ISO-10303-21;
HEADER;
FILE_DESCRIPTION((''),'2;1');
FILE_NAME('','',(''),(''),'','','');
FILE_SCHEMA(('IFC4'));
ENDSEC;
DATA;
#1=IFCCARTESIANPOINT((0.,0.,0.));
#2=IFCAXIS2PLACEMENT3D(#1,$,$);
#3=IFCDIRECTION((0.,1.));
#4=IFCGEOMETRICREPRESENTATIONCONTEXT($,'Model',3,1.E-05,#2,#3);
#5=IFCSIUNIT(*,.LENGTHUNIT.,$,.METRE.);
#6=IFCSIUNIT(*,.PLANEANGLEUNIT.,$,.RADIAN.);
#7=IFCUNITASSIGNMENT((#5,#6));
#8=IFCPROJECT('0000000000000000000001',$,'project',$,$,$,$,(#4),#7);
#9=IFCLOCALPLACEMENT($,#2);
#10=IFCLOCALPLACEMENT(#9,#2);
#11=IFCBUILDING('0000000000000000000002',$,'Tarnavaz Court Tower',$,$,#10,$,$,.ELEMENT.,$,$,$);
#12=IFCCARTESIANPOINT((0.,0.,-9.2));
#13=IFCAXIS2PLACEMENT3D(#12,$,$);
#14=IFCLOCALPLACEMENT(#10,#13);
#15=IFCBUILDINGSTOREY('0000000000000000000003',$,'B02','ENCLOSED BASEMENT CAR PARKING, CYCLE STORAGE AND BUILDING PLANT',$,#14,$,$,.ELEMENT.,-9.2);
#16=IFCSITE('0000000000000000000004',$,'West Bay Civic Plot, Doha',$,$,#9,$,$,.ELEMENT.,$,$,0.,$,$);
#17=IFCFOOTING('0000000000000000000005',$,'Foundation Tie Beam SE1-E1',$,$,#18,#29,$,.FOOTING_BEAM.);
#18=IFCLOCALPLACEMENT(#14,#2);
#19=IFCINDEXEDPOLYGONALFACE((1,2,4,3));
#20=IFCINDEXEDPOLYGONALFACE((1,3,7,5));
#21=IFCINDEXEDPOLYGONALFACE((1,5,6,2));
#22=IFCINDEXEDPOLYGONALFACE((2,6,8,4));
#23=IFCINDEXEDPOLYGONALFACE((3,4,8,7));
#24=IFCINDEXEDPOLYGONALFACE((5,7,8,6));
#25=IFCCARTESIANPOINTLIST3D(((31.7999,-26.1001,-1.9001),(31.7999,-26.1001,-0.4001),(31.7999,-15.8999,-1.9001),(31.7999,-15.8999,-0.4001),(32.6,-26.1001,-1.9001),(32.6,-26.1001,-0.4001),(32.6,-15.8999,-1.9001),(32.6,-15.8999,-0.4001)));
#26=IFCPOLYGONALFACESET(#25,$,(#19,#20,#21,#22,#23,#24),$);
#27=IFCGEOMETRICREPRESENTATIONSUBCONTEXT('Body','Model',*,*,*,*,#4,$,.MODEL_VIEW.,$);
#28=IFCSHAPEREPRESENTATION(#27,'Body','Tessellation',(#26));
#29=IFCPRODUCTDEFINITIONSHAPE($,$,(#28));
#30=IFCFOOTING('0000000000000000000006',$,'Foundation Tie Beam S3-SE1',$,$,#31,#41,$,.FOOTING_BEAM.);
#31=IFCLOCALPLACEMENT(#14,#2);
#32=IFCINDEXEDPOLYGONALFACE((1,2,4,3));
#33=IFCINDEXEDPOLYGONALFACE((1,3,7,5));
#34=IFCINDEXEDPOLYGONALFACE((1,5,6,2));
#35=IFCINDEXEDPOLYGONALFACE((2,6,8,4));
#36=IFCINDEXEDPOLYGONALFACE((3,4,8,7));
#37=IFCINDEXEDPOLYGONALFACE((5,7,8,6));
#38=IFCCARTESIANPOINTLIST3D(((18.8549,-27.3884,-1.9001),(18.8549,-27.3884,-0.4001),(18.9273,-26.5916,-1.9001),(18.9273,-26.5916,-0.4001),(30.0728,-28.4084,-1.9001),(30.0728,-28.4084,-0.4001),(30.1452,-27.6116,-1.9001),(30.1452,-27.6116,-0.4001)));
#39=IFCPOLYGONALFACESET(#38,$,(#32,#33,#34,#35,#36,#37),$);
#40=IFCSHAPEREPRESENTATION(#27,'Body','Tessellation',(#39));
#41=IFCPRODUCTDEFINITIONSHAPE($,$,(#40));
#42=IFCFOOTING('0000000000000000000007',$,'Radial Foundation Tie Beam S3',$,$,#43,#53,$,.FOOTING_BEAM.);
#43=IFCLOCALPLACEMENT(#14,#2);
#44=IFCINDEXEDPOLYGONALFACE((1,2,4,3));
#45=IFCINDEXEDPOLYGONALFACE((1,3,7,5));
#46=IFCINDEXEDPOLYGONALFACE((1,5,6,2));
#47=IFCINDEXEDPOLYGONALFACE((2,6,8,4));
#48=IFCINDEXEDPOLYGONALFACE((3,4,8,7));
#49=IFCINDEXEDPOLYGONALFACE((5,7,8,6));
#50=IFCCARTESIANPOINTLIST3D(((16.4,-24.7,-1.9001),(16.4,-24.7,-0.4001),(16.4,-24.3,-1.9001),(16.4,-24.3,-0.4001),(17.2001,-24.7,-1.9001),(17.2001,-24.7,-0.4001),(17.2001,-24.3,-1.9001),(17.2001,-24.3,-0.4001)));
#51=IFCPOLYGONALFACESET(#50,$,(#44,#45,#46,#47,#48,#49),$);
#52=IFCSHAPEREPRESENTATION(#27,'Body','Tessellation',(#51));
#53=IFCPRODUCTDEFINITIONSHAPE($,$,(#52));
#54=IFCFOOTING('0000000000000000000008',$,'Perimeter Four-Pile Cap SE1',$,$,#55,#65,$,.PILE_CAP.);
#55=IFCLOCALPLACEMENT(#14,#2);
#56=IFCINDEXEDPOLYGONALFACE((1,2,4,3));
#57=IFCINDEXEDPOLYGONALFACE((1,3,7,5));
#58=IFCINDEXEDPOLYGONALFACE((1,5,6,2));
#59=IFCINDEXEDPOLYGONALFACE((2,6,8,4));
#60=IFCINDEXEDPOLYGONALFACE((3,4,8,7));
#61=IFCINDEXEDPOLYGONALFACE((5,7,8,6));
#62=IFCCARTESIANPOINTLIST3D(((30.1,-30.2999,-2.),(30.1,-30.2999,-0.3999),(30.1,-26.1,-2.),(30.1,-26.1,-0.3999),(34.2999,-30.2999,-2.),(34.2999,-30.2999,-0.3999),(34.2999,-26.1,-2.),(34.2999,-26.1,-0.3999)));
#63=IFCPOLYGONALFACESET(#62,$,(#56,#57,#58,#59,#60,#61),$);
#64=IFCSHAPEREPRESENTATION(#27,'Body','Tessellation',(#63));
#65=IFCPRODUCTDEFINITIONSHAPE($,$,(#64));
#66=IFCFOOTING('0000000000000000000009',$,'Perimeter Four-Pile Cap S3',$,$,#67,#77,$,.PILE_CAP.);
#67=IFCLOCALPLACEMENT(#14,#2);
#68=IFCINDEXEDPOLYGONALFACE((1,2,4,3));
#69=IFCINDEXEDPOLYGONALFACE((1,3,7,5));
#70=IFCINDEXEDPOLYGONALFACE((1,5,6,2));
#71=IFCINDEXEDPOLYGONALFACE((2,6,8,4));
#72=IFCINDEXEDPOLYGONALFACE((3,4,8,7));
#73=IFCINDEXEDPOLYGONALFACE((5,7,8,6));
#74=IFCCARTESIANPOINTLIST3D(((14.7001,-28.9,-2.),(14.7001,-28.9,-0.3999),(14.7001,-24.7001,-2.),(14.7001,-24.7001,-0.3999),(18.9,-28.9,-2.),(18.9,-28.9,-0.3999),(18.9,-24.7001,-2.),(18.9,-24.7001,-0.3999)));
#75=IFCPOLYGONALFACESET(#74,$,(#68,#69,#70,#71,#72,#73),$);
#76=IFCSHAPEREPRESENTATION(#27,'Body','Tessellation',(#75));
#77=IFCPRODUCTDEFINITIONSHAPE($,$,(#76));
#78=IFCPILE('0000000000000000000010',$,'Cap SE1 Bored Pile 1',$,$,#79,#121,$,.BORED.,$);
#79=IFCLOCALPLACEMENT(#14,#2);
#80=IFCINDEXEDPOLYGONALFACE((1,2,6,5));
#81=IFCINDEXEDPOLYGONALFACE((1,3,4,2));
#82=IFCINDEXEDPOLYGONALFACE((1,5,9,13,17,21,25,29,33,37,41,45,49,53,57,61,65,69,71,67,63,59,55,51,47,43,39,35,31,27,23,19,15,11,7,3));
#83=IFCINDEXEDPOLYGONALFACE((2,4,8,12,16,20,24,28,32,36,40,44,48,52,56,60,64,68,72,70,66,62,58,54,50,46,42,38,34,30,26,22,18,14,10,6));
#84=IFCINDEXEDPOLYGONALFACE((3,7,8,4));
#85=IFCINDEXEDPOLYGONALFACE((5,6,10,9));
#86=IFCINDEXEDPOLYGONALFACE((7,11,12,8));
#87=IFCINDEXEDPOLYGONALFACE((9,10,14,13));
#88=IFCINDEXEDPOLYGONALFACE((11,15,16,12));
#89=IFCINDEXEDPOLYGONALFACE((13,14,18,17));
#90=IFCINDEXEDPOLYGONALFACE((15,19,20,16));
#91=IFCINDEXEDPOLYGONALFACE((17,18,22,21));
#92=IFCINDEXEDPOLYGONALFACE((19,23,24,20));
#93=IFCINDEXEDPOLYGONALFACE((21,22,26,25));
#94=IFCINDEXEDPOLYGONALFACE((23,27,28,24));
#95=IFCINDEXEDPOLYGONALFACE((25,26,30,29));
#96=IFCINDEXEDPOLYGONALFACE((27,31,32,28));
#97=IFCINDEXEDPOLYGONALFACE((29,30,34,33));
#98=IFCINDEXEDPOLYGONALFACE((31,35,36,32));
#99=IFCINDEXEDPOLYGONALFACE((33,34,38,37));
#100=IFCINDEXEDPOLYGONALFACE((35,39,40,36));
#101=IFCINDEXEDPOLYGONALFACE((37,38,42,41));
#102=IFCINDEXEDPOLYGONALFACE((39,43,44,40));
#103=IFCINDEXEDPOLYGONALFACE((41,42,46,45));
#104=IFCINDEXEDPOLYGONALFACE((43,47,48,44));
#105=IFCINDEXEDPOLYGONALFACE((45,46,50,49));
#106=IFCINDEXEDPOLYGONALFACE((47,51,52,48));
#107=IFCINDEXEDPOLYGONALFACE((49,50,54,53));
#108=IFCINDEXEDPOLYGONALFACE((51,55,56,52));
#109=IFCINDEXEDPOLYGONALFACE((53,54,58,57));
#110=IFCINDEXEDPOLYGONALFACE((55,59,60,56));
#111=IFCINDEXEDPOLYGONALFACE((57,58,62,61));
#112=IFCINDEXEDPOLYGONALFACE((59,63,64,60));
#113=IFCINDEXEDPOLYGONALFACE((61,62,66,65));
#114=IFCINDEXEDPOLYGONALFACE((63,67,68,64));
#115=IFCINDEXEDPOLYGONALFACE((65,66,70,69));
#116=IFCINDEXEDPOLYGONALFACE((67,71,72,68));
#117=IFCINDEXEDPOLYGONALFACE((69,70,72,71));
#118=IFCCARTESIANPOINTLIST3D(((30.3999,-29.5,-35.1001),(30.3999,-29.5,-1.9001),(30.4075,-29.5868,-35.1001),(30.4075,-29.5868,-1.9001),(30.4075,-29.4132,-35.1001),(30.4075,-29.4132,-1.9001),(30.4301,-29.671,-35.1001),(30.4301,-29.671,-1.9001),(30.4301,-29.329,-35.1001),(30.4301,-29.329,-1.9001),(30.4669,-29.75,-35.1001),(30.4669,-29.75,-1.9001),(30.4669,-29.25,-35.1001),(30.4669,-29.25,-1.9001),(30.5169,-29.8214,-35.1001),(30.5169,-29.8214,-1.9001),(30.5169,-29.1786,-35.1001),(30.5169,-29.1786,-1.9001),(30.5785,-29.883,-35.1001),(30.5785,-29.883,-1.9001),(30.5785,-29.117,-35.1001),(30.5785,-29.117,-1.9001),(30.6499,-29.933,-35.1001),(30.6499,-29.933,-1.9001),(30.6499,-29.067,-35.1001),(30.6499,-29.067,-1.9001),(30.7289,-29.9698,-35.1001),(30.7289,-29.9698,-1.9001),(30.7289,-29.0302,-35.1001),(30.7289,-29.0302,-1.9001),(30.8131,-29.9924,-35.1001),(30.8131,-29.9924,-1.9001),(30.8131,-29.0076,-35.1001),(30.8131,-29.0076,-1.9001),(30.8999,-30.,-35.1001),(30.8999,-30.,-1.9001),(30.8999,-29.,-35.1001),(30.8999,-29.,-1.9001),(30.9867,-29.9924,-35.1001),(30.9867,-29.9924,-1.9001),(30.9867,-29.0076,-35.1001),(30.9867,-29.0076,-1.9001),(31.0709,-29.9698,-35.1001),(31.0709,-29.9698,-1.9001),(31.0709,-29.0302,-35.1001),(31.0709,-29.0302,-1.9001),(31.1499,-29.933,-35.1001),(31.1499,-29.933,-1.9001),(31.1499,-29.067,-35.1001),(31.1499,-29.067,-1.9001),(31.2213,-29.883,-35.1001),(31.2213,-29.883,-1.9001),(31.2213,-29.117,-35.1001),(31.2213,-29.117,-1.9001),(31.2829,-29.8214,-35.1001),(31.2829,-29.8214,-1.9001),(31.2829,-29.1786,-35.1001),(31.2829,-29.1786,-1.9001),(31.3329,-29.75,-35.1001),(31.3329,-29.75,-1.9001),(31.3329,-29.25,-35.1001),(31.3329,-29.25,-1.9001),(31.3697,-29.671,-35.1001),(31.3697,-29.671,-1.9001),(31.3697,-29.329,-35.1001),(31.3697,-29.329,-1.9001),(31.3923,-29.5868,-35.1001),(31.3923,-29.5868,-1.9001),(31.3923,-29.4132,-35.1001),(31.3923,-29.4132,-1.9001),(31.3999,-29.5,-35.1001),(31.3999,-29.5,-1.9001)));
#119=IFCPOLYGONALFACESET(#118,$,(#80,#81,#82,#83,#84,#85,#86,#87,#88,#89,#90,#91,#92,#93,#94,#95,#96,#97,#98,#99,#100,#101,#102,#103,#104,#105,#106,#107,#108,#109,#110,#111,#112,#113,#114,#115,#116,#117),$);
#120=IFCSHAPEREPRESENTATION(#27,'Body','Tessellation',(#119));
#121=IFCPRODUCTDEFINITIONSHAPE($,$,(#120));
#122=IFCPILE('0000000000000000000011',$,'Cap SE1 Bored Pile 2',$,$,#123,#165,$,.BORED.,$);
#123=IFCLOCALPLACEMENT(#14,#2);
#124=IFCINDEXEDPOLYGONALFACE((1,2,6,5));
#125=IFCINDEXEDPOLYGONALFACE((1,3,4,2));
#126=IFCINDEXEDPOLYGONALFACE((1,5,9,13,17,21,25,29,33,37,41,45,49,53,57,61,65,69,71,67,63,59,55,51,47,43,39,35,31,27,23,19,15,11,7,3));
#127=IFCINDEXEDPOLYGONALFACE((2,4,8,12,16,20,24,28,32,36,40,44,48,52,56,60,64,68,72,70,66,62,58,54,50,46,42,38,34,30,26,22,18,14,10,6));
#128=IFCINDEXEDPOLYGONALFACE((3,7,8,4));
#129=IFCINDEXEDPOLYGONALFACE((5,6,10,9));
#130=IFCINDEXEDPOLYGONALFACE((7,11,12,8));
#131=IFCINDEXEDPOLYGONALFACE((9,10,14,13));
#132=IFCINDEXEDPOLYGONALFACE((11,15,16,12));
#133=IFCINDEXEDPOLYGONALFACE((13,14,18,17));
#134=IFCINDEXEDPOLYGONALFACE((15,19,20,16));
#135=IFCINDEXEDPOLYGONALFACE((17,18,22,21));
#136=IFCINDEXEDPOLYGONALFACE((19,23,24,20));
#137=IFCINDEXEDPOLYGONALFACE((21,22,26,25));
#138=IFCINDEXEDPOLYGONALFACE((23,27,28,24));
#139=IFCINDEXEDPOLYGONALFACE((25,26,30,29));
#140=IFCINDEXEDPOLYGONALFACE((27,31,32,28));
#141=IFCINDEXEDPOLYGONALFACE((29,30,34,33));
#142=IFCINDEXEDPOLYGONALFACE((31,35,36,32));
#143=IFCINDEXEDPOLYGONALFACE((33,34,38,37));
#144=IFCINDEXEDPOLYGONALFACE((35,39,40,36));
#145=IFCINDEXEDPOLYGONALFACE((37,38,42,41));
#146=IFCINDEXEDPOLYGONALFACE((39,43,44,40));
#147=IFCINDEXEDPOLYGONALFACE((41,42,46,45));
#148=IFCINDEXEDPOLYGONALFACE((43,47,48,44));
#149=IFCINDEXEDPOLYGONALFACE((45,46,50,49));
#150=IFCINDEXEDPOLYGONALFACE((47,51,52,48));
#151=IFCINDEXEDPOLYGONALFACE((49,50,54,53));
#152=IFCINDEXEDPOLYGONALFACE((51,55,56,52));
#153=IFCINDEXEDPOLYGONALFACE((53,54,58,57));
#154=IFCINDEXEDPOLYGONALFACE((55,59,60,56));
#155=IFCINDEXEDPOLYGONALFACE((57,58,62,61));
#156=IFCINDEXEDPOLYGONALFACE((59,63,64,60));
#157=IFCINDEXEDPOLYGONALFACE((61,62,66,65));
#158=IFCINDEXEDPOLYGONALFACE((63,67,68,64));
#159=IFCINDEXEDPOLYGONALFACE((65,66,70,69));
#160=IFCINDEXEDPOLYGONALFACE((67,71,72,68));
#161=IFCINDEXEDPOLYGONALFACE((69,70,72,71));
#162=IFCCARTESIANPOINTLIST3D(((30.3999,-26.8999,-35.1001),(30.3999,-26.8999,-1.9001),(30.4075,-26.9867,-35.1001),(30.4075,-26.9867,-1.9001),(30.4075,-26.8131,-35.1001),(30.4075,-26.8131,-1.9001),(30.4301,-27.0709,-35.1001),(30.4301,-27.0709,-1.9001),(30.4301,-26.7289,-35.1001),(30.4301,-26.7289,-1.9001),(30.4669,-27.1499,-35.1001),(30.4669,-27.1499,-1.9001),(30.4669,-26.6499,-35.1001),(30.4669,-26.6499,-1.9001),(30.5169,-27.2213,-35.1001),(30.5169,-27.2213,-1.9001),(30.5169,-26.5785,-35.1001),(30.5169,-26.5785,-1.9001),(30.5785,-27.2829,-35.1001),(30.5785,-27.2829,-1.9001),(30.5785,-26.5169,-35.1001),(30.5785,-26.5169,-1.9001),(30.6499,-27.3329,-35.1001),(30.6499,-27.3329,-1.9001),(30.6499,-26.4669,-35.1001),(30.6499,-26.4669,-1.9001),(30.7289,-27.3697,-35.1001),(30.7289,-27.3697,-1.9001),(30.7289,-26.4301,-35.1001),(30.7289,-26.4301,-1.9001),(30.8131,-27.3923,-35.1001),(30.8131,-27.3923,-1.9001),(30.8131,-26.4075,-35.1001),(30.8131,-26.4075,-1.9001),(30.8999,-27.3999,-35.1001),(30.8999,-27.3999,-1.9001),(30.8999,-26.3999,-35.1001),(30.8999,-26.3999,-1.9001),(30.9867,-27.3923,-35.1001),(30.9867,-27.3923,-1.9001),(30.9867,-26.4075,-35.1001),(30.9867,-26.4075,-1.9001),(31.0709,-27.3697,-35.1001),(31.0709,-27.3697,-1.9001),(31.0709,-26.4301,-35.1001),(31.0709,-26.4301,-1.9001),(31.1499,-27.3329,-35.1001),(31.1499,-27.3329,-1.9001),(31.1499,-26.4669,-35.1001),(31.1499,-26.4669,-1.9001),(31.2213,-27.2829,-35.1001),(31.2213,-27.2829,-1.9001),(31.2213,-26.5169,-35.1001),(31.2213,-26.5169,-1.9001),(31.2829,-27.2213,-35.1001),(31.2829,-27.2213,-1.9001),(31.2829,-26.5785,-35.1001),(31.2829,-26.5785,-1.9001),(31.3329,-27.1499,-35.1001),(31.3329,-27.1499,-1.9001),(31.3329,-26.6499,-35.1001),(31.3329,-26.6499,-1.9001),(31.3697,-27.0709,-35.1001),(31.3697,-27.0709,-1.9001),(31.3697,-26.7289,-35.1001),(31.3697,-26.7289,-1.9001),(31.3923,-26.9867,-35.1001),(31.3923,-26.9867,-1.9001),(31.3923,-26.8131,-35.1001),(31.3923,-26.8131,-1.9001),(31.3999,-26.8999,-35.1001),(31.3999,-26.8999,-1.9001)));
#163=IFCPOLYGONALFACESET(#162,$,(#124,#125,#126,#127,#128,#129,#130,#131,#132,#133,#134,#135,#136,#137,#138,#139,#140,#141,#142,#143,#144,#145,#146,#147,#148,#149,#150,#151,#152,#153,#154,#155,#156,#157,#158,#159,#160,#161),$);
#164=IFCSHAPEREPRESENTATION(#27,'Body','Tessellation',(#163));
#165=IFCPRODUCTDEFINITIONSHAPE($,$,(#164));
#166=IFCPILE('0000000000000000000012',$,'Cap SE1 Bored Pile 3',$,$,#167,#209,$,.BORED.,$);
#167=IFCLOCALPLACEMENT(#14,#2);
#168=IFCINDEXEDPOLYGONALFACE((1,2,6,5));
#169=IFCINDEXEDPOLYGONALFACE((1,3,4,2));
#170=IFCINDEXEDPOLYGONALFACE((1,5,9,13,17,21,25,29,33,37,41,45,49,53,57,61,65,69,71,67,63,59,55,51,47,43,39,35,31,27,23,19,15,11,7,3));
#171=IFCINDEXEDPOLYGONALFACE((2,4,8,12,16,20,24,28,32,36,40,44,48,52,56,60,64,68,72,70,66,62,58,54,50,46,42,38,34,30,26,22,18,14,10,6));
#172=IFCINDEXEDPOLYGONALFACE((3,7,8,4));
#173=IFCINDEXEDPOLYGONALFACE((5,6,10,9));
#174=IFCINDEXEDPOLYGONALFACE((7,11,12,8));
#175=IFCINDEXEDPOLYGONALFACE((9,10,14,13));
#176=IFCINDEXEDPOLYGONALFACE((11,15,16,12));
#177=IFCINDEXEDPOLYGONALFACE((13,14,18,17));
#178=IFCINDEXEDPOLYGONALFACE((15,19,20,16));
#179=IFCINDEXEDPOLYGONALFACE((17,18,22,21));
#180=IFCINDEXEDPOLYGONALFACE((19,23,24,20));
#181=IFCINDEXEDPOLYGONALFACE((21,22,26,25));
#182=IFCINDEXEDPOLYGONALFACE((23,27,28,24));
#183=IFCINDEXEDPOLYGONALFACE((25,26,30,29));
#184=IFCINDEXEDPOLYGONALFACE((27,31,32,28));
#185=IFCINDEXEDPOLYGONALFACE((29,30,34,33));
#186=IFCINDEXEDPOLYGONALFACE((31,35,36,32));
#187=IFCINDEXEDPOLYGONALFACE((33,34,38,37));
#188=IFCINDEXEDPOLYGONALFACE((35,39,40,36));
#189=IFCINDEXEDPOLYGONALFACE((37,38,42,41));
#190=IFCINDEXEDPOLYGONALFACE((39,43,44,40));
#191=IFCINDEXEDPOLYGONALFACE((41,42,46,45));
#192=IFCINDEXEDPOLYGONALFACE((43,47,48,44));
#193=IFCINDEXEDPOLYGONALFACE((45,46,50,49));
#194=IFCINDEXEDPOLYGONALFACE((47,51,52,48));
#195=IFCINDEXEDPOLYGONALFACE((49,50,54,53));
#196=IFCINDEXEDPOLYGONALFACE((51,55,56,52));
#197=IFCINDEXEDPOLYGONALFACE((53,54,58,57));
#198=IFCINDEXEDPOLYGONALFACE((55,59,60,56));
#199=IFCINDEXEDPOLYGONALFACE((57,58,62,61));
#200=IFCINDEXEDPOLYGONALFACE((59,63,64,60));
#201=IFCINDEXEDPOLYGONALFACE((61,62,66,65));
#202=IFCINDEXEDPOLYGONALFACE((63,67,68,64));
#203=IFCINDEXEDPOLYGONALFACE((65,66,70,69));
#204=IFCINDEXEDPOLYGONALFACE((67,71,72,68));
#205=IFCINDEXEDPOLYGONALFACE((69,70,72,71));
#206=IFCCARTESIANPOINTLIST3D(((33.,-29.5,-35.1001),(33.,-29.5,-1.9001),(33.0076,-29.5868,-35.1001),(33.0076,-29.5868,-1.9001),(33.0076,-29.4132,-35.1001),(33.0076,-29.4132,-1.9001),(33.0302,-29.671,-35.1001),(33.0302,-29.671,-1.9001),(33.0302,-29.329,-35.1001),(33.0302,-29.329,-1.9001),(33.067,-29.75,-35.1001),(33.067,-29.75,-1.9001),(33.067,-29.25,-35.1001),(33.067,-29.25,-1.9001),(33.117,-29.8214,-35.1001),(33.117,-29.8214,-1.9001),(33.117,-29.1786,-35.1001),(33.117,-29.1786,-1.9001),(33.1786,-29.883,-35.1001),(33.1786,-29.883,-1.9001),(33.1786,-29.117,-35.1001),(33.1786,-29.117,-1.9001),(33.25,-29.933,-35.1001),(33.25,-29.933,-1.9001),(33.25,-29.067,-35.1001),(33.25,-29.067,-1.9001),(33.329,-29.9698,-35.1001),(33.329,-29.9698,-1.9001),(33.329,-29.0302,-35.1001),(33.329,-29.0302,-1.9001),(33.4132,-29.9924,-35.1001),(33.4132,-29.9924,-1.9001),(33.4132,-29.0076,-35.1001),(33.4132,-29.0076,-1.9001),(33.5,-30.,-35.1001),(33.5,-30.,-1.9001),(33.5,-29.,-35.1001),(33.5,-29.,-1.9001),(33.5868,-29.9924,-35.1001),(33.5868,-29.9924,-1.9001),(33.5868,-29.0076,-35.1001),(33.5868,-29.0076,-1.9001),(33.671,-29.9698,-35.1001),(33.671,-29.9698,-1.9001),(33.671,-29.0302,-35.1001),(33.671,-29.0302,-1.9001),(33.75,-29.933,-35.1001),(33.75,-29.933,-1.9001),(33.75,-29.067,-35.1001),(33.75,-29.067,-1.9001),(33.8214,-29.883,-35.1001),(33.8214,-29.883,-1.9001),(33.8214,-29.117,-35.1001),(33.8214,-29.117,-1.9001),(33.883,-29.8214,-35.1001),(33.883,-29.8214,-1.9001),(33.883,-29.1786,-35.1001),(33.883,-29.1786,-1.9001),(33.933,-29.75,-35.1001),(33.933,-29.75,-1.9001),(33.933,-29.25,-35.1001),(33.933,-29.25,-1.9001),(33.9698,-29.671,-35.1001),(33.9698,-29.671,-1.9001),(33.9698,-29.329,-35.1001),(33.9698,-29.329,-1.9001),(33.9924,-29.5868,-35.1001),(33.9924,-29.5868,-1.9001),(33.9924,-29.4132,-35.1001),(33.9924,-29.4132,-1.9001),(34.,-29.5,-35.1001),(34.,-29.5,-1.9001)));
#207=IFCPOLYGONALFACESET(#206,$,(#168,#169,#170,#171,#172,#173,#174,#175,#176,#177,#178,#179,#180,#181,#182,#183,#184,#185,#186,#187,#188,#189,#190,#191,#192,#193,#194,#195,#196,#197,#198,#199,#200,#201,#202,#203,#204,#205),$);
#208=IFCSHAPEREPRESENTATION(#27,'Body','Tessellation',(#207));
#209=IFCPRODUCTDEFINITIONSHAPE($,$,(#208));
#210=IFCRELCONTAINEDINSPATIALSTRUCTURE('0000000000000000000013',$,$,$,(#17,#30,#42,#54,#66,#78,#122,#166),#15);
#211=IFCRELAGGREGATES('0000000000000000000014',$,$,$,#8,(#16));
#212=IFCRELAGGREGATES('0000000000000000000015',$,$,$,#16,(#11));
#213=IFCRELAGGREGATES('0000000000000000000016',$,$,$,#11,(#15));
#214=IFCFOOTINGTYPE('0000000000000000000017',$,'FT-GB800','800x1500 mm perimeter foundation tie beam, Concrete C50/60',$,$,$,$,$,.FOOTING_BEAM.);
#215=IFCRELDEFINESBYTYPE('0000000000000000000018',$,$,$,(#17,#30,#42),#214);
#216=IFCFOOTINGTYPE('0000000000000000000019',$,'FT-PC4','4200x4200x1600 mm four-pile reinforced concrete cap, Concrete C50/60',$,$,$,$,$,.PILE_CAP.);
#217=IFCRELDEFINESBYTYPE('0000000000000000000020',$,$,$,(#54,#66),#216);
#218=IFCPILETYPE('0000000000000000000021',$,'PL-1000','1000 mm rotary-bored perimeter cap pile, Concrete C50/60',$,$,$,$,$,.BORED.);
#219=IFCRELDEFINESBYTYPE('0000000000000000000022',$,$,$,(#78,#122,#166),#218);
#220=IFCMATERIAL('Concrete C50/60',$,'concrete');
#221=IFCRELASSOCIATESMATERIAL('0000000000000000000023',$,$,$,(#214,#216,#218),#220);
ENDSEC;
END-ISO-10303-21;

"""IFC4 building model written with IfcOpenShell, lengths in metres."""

from ifc_helpers import new_model, si_unit, direction, frame, origin, origin_2d, place, context, subcontext, project, spatial, rectangle, circle, extrude, material, material_profile, profile_set, type_object, element, save


model = new_model("IFC4")

# Units and contexts
model_context = context("Model", 3, precision=1e-05, world=origin(), true_north=direction((0.0, 1.0)))
body_context = subcontext(model_context, "Body", "Model", "MODEL_VIEW")
ifc_project = project(units=[si_unit("LENGTHUNIT", "METRE"), si_unit("PLANEANGLEUNIT", "RADIAN")], contexts=[model_context])

# Site, building, storey
site_placement = place(None, origin())
site = spatial("IfcSite", under=ifc_project, at=site_placement, Name="West Bay Civic Plot, Doha", CompositionType="ELEMENT", RefElevation=0.0)
building_placement = place(site_placement, origin())
building = spatial("IfcBuilding", under=site, at=building_placement, Name="Tarnavaz Court Tower", CompositionType="ELEMENT")
storey_placement = place(building_placement, frame((0.0, 0.0, -9.2)))
storey = spatial("IfcBuildingStorey", under=building, at=storey_placement, Name="B02", Description="ENCLOSED BASEMENT CAR PARKING, CYCLE STORAGE AND BUILDING PLANT", CompositionType="ELEMENT", Elevation=-9.2)

# Footings
ifc_material_1 = material(Name="Concrete C50/60", Category="concrete")
ifc_material_profile_1 = material_profile(ifc_material_1, rectangle(XDim=0.8, YDim=1.5, at=origin_2d()), Name="RC 800X1500")
ifc_profile_set_1 = profile_set([ifc_material_profile_1], Name="Concrete C50/60")
footing_type_1 = type_object("IfcFootingType", Name="FT-GB800", Description="800x1500 mm perimeter foundation tie beam, Concrete C50/60", PredefinedType="FOOTING_BEAM", material=ifc_profile_set_1)
footing_1_placement = place(storey_placement, frame((32.2, -26.1001, -1.1501), z_axis=(0.0, 1.0, 0.0), x_axis=(-1.0, 0.0, 0.0)))
element("IfcFooting", 1, at=footing_1_placement, inside=storey, type_object=footing_type_1, Name="Foundation Tie Beam SE1-E1", PredefinedType="FOOTING_BEAM", context=body_context, shape_type="SweptSolid", body=[
    extrude(rectangle(XDim=0.8, YDim=1.5, at=origin_2d()), origin(), (0.0, 0.0, 1.0), 10.2002),
])
footing_2_placement = place(storey_placement, frame((18.8911, -26.99, -1.1501), z_axis=(0.995891, -0.090555, 0.0), x_axis=(0.090555, 0.995891, 0.0)))
element("IfcFooting", 2, at=footing_2_placement, inside=storey, type_object=footing_type_1, Name="Foundation Tie Beam S3-SE1", PredefinedType="FOOTING_BEAM", context=body_context, shape_type="SweptSolid", body=[
    extrude(rectangle(XDim=0.8, YDim=1.5, at=origin_2d()), origin(), (0.0, 0.0, 1.0), 11.2642),
])
footing_3_placement = place(storey_placement, frame((16.8, -24.7, -1.1501), z_axis=(0.0, 1.0, 0.0), x_axis=(-1.0, 0.0, 0.0)))
element("IfcFooting", 3, at=footing_3_placement, inside=storey, type_object=footing_type_1, Name="Radial Foundation Tie Beam S3", PredefinedType="FOOTING_BEAM", context=body_context, shape_type="SweptSolid", body=[
    extrude(rectangle(XDim=0.8, YDim=1.5, at=origin_2d()), origin(), (0.0, 0.0, 1.0), 0.3999),
])
footing_type_2 = type_object("IfcFootingType", Name="FT-PC4", Description="4200x4200x1600 mm four-pile reinforced concrete cap, Concrete C50/60", PredefinedType="PILE_CAP", material=ifc_material_1)
for number, where, z_axis, x_axis, name in (
    (4, (32.2, -28.2, -2.0), (0.0, 0.0, 1.0), (1.0, 0.0, 0.0), "Perimeter Four-Pile Cap SE1"),
    (5, (16.8, -26.8, -2.0), (0.0, 0.0, 1.0), (1.0, 0.0, 0.0), "Perimeter Four-Pile Cap S3"),
):
    element("IfcFooting", number, at=place(storey_placement, frame(where, z_axis=z_axis, x_axis=x_axis)), inside=storey, type_object=footing_type_2, Name=name, PredefinedType="PILE_CAP", context=body_context, shape_type="SweptSolid", body=[
        extrude(rectangle(XDim=4.2, YDim=4.2, at=origin_2d()), origin(), (0.0, 0.0, 1.0), 1.6001),
    ])

# Piles
ifc_material_profile_2 = material_profile(ifc_material_1, circle(Radius=0.5, at=origin_2d()), Name="PILE D1000")
ifc_profile_set_2 = profile_set([ifc_material_profile_2], Name="Concrete C50/60")
pile_type_1 = type_object("IfcPileType", Name="PL-1000", Description="1000 mm rotary-bored perimeter cap pile, Concrete C50/60", PredefinedType="BORED", material=ifc_profile_set_2)
for number, where, z_axis, x_axis, name in (
    (6, (30.8999, -29.5, -1.9001), (0.0, 0.0, -1.0), (1.0, 0.0, 0.0), "Cap SE1 Bored Pile 1"),
    (7, (30.8999, -26.8999, -1.9001), (0.0, 0.0, -1.0), (1.0, 0.0, 0.0), "Cap SE1 Bored Pile 2"),
    (8, (33.5, -29.5, -1.9001), (0.0, 0.0, -1.0), (1.0, 0.0, 0.0), "Cap SE1 Bored Pile 3"),
):
    element("IfcPile", number, at=place(storey_placement, frame(where, z_axis=z_axis, x_axis=x_axis)), inside=storey, type_object=pile_type_1, Name=name, PredefinedType="BORED", context=body_context, shape_type="SweptSolid", body=[
        extrude(circle(Radius=0.5, at=origin_2d()), origin(), (0.0, 0.0, 1.0), 33.2),
    ])

save(model, "model.ifc")
